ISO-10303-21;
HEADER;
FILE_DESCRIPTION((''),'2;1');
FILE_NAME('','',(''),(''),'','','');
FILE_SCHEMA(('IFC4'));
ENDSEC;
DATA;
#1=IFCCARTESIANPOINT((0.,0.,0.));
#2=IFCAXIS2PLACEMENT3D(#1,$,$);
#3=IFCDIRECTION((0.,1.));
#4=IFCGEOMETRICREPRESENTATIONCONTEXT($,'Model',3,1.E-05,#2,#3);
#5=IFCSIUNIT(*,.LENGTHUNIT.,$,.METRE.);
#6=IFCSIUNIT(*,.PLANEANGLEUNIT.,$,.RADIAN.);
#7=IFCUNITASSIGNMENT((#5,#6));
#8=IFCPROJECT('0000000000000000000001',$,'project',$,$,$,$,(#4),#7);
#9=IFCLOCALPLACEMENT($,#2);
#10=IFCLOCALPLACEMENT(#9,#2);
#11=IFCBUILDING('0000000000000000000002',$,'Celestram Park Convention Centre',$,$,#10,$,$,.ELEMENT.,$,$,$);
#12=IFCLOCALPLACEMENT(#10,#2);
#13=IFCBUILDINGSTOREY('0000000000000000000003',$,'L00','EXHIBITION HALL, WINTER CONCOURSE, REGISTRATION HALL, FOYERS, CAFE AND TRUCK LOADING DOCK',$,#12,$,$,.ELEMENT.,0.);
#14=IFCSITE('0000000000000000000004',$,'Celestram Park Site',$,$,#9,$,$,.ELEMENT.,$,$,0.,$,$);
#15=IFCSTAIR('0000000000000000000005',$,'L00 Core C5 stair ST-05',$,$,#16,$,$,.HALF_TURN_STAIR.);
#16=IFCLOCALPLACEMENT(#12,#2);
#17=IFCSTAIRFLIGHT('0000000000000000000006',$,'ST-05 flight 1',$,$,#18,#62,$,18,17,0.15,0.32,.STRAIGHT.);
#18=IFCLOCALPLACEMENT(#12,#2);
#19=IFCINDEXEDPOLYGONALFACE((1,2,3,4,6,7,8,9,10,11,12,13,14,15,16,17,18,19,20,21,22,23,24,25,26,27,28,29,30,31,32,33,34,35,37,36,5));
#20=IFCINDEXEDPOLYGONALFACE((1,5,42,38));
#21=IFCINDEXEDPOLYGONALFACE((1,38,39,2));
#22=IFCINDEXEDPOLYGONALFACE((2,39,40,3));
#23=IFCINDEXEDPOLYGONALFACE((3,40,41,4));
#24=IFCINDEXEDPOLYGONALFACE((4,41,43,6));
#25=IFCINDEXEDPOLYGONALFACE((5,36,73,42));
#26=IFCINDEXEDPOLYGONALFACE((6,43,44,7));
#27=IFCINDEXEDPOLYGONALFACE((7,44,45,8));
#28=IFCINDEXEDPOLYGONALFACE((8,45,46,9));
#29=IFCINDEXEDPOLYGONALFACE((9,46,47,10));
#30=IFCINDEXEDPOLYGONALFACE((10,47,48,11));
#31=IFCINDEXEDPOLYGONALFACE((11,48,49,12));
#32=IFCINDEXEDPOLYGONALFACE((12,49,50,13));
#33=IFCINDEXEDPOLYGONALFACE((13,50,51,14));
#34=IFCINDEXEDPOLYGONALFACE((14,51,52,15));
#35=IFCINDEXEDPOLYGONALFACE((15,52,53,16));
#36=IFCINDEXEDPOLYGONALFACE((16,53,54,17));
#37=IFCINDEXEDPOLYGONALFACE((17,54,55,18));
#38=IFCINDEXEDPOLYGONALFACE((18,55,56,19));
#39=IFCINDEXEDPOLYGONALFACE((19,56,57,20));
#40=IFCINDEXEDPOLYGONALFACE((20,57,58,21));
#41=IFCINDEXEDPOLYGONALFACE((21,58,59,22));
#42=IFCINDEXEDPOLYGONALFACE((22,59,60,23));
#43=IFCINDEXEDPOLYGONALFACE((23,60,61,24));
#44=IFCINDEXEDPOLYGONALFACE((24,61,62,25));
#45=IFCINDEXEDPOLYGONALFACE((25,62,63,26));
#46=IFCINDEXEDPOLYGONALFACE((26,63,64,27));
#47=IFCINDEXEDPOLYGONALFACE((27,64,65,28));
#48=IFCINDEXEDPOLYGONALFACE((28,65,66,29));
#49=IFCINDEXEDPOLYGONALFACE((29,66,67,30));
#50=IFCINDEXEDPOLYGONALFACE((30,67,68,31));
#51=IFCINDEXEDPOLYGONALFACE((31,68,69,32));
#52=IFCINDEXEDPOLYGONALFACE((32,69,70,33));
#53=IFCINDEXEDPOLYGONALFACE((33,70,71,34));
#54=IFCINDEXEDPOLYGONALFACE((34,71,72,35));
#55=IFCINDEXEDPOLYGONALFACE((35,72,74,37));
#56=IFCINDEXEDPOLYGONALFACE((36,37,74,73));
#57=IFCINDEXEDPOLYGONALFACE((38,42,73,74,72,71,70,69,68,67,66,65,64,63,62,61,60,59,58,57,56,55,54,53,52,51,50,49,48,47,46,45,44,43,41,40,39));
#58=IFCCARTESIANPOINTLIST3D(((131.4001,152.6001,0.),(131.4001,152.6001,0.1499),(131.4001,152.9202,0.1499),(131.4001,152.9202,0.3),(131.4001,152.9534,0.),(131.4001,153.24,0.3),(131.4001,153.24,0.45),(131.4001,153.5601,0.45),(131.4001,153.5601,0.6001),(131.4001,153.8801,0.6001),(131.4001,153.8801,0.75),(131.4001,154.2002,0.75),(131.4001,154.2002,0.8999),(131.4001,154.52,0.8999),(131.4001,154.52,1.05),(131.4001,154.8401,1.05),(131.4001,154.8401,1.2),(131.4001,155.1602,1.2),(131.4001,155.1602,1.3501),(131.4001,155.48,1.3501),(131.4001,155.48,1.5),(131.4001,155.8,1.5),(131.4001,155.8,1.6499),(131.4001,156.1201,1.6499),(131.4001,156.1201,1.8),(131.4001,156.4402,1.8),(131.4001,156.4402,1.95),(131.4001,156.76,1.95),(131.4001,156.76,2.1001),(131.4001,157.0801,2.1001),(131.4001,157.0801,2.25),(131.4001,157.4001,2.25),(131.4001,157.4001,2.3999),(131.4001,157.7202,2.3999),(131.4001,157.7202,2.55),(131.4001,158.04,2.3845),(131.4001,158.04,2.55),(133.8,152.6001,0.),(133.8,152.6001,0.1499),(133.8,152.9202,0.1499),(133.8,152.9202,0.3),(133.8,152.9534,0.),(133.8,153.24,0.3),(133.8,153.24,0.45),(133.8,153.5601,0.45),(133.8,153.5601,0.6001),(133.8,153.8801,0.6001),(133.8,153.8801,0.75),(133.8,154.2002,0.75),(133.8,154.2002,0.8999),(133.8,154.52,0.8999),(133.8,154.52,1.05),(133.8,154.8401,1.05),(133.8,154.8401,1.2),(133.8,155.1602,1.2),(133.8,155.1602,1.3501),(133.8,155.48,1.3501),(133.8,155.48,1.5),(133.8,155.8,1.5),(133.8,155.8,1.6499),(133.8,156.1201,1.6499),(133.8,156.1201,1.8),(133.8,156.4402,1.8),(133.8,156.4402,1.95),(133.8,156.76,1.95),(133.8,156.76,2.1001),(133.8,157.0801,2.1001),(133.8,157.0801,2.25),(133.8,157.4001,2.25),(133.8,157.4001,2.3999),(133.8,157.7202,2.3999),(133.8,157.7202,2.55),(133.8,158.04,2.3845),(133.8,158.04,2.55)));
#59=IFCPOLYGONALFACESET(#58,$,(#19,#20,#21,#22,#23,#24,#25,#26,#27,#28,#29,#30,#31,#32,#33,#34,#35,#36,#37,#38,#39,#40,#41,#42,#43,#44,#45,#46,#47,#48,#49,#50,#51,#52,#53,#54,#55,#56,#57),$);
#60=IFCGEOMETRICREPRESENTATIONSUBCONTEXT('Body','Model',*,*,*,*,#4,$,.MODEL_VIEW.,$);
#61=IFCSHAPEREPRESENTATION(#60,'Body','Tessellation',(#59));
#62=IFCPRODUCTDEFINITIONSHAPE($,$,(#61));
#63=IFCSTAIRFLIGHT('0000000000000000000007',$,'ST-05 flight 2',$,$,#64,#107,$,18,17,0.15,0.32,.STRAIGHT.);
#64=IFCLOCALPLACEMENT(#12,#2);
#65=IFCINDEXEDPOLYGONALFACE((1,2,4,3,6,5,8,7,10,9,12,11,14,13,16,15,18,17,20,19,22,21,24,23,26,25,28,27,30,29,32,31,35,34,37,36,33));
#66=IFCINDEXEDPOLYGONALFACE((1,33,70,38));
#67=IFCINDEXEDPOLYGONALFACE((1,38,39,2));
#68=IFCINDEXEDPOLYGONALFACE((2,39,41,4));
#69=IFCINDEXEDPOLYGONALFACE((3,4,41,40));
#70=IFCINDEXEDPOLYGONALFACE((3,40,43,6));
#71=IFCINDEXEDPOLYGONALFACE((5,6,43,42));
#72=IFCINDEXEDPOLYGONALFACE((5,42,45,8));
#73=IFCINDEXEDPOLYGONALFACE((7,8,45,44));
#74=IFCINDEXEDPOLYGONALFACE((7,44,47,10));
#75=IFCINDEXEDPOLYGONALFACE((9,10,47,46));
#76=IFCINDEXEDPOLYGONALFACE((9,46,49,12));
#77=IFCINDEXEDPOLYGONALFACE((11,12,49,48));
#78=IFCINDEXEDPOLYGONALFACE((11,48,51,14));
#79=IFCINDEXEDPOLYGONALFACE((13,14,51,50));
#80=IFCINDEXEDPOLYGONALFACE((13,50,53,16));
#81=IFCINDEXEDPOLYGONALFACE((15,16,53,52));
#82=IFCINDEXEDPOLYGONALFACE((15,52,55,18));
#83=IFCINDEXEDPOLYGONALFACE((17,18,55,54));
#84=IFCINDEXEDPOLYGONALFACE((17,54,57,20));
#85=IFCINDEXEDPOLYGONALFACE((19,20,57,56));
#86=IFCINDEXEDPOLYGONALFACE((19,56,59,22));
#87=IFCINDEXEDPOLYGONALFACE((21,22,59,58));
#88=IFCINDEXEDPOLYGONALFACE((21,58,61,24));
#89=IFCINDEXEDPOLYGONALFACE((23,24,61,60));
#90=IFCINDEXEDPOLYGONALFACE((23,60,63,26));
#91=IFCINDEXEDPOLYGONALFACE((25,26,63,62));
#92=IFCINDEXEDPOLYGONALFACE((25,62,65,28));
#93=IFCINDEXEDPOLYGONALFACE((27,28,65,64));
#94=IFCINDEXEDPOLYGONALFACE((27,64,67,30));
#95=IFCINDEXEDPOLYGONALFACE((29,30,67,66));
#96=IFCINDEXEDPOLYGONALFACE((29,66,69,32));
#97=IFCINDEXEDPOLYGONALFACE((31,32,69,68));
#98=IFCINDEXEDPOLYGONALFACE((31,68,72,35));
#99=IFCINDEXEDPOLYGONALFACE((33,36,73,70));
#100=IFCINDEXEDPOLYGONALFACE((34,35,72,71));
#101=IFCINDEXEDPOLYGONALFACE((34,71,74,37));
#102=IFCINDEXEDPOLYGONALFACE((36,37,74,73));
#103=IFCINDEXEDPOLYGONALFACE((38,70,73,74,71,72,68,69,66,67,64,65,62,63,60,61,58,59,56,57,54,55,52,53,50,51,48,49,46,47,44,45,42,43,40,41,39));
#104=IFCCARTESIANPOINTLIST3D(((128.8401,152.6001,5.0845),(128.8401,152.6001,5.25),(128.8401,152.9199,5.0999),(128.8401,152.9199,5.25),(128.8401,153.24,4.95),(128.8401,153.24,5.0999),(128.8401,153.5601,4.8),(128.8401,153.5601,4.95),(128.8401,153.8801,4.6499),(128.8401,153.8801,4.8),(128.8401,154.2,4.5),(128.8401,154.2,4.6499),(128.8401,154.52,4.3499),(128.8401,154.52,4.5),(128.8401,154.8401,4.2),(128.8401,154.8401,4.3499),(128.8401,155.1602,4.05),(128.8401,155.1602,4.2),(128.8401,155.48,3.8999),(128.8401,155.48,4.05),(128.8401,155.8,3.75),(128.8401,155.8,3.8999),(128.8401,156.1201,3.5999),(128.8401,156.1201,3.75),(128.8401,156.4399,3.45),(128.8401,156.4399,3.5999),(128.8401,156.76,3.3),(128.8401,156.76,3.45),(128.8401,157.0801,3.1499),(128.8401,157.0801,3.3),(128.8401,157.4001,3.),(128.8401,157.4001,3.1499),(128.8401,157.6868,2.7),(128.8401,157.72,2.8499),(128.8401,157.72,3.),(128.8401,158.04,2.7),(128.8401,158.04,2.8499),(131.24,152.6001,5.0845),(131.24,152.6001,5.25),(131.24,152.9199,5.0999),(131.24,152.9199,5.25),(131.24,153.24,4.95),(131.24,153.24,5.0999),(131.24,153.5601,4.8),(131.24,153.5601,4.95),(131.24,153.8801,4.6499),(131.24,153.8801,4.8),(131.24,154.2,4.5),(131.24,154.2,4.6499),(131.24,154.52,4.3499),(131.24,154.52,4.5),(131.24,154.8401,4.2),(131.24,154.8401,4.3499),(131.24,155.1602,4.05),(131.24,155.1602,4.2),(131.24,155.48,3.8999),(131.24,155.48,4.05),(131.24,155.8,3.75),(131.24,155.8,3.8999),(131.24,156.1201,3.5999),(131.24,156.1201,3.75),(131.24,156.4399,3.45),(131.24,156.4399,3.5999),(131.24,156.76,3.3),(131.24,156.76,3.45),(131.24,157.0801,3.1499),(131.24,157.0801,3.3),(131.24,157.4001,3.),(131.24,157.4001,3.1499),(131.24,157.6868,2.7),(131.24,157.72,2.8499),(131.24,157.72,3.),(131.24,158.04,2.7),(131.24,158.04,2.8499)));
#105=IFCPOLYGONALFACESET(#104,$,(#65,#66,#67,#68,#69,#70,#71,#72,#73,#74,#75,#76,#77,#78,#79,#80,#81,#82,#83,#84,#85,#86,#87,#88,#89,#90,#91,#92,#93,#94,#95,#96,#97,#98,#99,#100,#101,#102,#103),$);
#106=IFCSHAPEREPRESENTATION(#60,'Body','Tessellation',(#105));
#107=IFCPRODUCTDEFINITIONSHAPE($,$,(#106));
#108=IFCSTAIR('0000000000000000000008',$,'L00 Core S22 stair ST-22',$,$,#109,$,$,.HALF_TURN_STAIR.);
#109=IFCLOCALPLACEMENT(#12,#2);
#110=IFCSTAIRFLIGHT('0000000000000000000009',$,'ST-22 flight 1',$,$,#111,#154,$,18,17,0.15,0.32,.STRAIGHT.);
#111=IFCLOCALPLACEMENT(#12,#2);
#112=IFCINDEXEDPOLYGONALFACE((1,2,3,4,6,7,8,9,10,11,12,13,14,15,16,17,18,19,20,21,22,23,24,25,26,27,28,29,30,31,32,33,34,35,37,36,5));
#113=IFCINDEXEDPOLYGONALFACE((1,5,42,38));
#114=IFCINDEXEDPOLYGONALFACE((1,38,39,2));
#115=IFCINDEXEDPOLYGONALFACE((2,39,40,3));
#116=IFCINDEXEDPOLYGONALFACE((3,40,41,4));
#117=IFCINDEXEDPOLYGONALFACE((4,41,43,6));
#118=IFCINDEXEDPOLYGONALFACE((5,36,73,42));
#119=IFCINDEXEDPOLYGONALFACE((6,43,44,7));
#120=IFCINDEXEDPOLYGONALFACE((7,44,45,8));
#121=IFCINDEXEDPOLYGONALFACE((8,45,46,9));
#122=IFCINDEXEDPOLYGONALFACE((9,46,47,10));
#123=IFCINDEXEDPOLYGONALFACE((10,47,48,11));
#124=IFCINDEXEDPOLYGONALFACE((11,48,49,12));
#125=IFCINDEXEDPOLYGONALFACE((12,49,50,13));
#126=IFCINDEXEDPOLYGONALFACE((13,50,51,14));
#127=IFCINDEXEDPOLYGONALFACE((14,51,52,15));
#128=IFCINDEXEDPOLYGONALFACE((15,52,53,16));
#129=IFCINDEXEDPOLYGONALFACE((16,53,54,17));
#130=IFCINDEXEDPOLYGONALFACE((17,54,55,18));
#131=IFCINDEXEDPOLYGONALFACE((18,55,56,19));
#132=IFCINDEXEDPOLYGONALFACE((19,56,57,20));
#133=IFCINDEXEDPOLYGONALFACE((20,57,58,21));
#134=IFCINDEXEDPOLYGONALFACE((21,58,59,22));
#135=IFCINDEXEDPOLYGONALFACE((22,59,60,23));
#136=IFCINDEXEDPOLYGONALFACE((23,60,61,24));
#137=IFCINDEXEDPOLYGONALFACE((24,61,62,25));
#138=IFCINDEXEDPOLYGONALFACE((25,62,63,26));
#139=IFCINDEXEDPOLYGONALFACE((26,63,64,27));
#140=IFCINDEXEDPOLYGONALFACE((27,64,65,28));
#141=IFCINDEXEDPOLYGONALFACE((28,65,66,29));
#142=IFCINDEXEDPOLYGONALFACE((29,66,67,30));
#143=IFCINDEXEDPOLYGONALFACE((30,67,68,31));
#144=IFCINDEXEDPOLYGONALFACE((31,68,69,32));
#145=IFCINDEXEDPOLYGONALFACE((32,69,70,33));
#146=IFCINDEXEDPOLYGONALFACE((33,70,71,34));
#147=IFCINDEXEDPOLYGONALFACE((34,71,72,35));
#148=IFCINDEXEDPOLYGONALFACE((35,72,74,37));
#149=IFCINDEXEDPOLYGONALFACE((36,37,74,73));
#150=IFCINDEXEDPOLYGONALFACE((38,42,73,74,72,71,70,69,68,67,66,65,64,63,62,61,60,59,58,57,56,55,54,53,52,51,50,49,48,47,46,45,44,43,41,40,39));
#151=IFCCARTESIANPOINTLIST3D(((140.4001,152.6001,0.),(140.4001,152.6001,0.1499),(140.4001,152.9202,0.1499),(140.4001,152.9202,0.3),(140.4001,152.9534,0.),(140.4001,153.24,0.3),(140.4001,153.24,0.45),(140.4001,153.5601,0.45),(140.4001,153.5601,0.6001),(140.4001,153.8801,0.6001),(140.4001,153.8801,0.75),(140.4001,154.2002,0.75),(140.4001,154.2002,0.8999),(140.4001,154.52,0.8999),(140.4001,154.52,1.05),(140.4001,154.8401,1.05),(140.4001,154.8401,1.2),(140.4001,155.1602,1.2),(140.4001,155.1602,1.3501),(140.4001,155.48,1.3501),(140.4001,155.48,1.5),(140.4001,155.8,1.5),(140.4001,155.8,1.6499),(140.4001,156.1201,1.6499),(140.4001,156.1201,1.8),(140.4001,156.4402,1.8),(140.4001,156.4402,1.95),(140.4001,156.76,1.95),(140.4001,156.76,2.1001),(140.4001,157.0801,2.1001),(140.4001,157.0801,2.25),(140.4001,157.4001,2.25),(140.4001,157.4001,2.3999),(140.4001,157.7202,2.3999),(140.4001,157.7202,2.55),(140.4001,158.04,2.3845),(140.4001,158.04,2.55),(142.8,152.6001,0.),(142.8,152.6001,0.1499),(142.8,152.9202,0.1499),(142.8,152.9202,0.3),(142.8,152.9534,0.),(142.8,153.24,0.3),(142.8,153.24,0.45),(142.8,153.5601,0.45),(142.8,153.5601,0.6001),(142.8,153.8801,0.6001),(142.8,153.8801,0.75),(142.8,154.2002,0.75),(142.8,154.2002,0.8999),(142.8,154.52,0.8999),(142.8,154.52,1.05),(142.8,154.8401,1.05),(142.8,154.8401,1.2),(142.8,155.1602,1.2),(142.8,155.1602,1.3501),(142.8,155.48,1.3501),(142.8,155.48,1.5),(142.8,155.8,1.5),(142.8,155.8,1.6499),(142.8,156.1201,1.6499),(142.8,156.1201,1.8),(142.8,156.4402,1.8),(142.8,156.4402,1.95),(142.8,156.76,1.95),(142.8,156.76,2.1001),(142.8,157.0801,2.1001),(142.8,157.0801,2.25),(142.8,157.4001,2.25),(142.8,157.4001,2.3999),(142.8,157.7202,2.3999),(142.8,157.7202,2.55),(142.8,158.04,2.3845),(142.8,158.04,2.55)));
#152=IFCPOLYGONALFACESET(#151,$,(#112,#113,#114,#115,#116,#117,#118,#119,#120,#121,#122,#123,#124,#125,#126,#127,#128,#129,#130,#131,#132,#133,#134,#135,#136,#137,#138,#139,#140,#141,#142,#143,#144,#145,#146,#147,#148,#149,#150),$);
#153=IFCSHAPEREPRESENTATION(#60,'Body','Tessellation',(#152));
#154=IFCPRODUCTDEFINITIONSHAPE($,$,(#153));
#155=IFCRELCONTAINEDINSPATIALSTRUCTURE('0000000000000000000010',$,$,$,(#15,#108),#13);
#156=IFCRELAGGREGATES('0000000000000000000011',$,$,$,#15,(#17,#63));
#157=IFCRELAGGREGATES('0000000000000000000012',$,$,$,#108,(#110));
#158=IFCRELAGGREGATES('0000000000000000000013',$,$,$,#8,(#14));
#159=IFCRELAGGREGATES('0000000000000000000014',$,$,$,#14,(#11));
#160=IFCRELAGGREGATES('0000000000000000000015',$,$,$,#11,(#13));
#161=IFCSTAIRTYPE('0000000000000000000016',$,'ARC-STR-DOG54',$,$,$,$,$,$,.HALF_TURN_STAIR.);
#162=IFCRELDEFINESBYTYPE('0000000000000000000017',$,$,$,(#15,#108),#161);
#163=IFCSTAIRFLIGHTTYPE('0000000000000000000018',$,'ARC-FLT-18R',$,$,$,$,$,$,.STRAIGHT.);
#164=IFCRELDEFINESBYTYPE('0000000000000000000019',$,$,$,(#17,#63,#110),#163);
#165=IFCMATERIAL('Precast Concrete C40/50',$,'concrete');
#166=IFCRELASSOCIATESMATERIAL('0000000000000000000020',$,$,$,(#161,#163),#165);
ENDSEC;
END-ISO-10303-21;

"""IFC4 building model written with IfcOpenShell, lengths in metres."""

from ifc_helpers import new_model, si_unit, direction, frame, origin, place, context, subcontext, project, spatial, polyline, outline, extrude, material, type_object, element, aggregate, save


model = new_model("IFC4")

# Units and contexts
model_context = context("Model", 3, precision=1e-05, world=origin(), true_north=direction((0.0, 1.0)))
body_context = subcontext(model_context, "Body", "Model", "MODEL_VIEW")
ifc_project = project(units=[si_unit("LENGTHUNIT", "METRE"), si_unit("PLANEANGLEUNIT", "RADIAN")], contexts=[model_context])

# Site, building, storey
site_placement = place(None, origin())
site = spatial("IfcSite", under=ifc_project, at=site_placement, Name="Celestram Park Site", CompositionType="ELEMENT", RefElevation=0.0)
building_placement = place(site_placement, origin())
building = spatial("IfcBuilding", under=site, at=building_placement, Name="Celestram Park Convention Centre", CompositionType="ELEMENT")
storey_placement = place(building_placement, origin())
storey = spatial("IfcBuildingStorey", under=building, at=storey_placement, Name="L00", Description="EXHIBITION HALL, WINTER CONCOURSE, REGISTRATION HALL, FOYERS, CAFE AND TRUCK LOADING DOCK", CompositionType="ELEMENT", Elevation=0.0)

# Shared definitions
ifc_material_1 = material(Name="Precast Concrete C40/50", Category="concrete")

# Stairs, stair flights
stair_type = type_object("IfcStairType", Name="ARC-STR-DOG54", PredefinedType="HALF_TURN_STAIR", material=ifc_material_1)
stair_1_placement = place(storey_placement, origin())
stair_1 = element("IfcStair", 1, at=stair_1_placement, inside=storey, type_object=stair_type, Name="L00 Core C5 stair ST-05", PredefinedType="HALF_TURN_STAIR")
stair_flight_type = type_object("IfcStairFlightType", Name="ARC-FLT-18R", PredefinedType="STRAIGHT", material=ifc_material_1)
stair_flight_1_placement = place(storey_placement, frame((132.6001, 152.6001, 0.0), z_axis=(0.0, 0.0, 1.0), x_axis=(0.0, 1.0, 0.0)))
stair_flight_1 = element("IfcStairFlight", 2, at=stair_flight_1_placement, type_object=stair_flight_type, Name="ST-05 flight 1", NumberOfRisers=18, NumberOfTreads=17, PredefinedType="STRAIGHT", RiserHeight=0.15, TreadLength=0.32, context=body_context, shape_type="SweptSolid", body=[
    extrude(outline(polyline([(0.0, 0.0), (0.0, 0.1499), (0.3201, 0.1499), (0.3201, 0.3), (0.6399, 0.3), (0.6399, 0.45), (0.96, 0.45), (0.96, 0.6001), (1.28, 0.6001), (1.28, 0.75), (1.6001, 0.75), (1.6001, 0.8999), (1.9199, 0.8999), (1.9199, 1.05), (2.24, 1.05), (2.24, 1.2), (2.5601, 1.2), (2.5601, 1.3501), (2.8799, 1.3501), (2.8799, 1.5), (3.2, 1.5), (3.2, 1.6499), (3.52, 1.6499), (3.52, 1.8), (3.8401, 1.8), (3.8401, 1.95), (4.1599, 1.95), (4.1599, 2.1001), (4.48, 2.1001), (4.48, 2.25), (4.8, 2.25), (4.8, 2.3999), (5.1201, 2.3999), (5.1201, 2.55), (5.4399, 2.55), (5.4399, 2.7), (5.4399, 2.3845), (0.3533, 0.0), (0.0, 0.0)])), frame((0.0, 1.2, 0.0), z_axis=(0.0, -1.0, 0.0), x_axis=(1.0, 0.0, 0.0)), (0.0, 0.0, 1.0), 2.3999),
])
stair_flight_2_placement = place(storey_placement, frame((130.04, 158.04, 2.7), z_axis=(0.0, 0.0, 1.0), x_axis=(0.0, -1.0, 0.0)))
stair_flight_2 = element("IfcStairFlight", 3, at=stair_flight_2_placement, type_object=stair_flight_type, Name="ST-05 flight 2", NumberOfRisers=18, NumberOfTreads=17, PredefinedType="STRAIGHT", RiserHeight=0.15, TreadLength=0.32, context=body_context, shape_type="SweptSolid", body=[
    extrude(outline(polyline([(0.0, 0.0), (0.0, 0.1499), (0.3201, 0.1499), (0.3201, 0.3), (0.6399, 0.3), (0.6399, 0.45), (0.96, 0.45), (0.96, 0.6001), (1.28, 0.6001), (1.28, 0.75), (1.6001, 0.75), (1.6001, 0.8999), (1.9199, 0.8999), (1.9199, 1.05), (2.24, 1.05), (2.24, 1.2), (2.5601, 1.2), (2.5601, 1.3501), (2.8799, 1.3501), (2.8799, 1.5), (3.2, 1.5), (3.2, 1.6499), (3.52, 1.6499), (3.52, 1.8), (3.8401, 1.8), (3.8401, 1.95), (4.1599, 1.95), (4.1599, 2.1001), (4.48, 2.1001), (4.48, 2.25), (4.8, 2.25), (4.8, 2.3999), (5.1201, 2.3999), (5.1201, 2.55), (5.4399, 2.55), (5.4399, 2.7), (5.4399, 2.3845), (0.3533, 0.0), (0.0, 0.0)])), frame((0.0, 1.2, 0.0), z_axis=(0.0, -1.0, 0.0), x_axis=(1.0, 0.0, 0.0)), (0.0, 0.0, 1.0), 2.3999),
])
aggregate(stair_1, [stair_flight_1, stair_flight_2])
stair_2_placement = place(storey_placement, origin())
stair_2 = element("IfcStair", 4, at=stair_2_placement, inside=storey, type_object=stair_type, Name="L00 Core S22 stair ST-22", PredefinedType="HALF_TURN_STAIR")
stair_flight_3_placement = place(storey_placement, frame((141.6001, 152.6001, 0.0), z_axis=(0.0, 0.0, 1.0), x_axis=(0.0, 1.0, 0.0)))
stair_flight_3 = element("IfcStairFlight", 5, at=stair_flight_3_placement, type_object=stair_flight_type, Name="ST-22 flight 1", NumberOfRisers=18, NumberOfTreads=17, PredefinedType="STRAIGHT", RiserHeight=0.15, TreadLength=0.32, context=body_context, shape_type="SweptSolid", body=[
    extrude(outline(polyline([(0.0, 0.0), (0.0, 0.1499), (0.3201, 0.1499), (0.3201, 0.3), (0.6399, 0.3), (0.6399, 0.45), (0.96, 0.45), (0.96, 0.6001), (1.28, 0.6001), (1.28, 0.75), (1.6001, 0.75), (1.6001, 0.8999), (1.9199, 0.8999), (1.9199, 1.05), (2.24, 1.05), (2.24, 1.2), (2.5601, 1.2), (2.5601, 1.3501), (2.8799, 1.3501), (2.8799, 1.5), (3.2, 1.5), (3.2, 1.6499), (3.52, 1.6499), (3.52, 1.8), (3.8401, 1.8), (3.8401, 1.95), (4.1599, 1.95), (4.1599, 2.1001), (4.48, 2.1001), (4.48, 2.25), (4.8, 2.25), (4.8, 2.3999), (5.1201, 2.3999), (5.1201, 2.55), (5.4399, 2.55), (5.4399, 2.7), (5.4399, 2.3845), (0.3533, 0.0), (0.0, 0.0)])), frame((0.0, 1.2, 0.0), z_axis=(0.0, -1.0, 0.0), x_axis=(1.0, 0.0, 0.0)), (0.0, 0.0, 1.0), 2.3999),
])
aggregate(stair_2, [stair_flight_3])

save(model, "model.ifc")
